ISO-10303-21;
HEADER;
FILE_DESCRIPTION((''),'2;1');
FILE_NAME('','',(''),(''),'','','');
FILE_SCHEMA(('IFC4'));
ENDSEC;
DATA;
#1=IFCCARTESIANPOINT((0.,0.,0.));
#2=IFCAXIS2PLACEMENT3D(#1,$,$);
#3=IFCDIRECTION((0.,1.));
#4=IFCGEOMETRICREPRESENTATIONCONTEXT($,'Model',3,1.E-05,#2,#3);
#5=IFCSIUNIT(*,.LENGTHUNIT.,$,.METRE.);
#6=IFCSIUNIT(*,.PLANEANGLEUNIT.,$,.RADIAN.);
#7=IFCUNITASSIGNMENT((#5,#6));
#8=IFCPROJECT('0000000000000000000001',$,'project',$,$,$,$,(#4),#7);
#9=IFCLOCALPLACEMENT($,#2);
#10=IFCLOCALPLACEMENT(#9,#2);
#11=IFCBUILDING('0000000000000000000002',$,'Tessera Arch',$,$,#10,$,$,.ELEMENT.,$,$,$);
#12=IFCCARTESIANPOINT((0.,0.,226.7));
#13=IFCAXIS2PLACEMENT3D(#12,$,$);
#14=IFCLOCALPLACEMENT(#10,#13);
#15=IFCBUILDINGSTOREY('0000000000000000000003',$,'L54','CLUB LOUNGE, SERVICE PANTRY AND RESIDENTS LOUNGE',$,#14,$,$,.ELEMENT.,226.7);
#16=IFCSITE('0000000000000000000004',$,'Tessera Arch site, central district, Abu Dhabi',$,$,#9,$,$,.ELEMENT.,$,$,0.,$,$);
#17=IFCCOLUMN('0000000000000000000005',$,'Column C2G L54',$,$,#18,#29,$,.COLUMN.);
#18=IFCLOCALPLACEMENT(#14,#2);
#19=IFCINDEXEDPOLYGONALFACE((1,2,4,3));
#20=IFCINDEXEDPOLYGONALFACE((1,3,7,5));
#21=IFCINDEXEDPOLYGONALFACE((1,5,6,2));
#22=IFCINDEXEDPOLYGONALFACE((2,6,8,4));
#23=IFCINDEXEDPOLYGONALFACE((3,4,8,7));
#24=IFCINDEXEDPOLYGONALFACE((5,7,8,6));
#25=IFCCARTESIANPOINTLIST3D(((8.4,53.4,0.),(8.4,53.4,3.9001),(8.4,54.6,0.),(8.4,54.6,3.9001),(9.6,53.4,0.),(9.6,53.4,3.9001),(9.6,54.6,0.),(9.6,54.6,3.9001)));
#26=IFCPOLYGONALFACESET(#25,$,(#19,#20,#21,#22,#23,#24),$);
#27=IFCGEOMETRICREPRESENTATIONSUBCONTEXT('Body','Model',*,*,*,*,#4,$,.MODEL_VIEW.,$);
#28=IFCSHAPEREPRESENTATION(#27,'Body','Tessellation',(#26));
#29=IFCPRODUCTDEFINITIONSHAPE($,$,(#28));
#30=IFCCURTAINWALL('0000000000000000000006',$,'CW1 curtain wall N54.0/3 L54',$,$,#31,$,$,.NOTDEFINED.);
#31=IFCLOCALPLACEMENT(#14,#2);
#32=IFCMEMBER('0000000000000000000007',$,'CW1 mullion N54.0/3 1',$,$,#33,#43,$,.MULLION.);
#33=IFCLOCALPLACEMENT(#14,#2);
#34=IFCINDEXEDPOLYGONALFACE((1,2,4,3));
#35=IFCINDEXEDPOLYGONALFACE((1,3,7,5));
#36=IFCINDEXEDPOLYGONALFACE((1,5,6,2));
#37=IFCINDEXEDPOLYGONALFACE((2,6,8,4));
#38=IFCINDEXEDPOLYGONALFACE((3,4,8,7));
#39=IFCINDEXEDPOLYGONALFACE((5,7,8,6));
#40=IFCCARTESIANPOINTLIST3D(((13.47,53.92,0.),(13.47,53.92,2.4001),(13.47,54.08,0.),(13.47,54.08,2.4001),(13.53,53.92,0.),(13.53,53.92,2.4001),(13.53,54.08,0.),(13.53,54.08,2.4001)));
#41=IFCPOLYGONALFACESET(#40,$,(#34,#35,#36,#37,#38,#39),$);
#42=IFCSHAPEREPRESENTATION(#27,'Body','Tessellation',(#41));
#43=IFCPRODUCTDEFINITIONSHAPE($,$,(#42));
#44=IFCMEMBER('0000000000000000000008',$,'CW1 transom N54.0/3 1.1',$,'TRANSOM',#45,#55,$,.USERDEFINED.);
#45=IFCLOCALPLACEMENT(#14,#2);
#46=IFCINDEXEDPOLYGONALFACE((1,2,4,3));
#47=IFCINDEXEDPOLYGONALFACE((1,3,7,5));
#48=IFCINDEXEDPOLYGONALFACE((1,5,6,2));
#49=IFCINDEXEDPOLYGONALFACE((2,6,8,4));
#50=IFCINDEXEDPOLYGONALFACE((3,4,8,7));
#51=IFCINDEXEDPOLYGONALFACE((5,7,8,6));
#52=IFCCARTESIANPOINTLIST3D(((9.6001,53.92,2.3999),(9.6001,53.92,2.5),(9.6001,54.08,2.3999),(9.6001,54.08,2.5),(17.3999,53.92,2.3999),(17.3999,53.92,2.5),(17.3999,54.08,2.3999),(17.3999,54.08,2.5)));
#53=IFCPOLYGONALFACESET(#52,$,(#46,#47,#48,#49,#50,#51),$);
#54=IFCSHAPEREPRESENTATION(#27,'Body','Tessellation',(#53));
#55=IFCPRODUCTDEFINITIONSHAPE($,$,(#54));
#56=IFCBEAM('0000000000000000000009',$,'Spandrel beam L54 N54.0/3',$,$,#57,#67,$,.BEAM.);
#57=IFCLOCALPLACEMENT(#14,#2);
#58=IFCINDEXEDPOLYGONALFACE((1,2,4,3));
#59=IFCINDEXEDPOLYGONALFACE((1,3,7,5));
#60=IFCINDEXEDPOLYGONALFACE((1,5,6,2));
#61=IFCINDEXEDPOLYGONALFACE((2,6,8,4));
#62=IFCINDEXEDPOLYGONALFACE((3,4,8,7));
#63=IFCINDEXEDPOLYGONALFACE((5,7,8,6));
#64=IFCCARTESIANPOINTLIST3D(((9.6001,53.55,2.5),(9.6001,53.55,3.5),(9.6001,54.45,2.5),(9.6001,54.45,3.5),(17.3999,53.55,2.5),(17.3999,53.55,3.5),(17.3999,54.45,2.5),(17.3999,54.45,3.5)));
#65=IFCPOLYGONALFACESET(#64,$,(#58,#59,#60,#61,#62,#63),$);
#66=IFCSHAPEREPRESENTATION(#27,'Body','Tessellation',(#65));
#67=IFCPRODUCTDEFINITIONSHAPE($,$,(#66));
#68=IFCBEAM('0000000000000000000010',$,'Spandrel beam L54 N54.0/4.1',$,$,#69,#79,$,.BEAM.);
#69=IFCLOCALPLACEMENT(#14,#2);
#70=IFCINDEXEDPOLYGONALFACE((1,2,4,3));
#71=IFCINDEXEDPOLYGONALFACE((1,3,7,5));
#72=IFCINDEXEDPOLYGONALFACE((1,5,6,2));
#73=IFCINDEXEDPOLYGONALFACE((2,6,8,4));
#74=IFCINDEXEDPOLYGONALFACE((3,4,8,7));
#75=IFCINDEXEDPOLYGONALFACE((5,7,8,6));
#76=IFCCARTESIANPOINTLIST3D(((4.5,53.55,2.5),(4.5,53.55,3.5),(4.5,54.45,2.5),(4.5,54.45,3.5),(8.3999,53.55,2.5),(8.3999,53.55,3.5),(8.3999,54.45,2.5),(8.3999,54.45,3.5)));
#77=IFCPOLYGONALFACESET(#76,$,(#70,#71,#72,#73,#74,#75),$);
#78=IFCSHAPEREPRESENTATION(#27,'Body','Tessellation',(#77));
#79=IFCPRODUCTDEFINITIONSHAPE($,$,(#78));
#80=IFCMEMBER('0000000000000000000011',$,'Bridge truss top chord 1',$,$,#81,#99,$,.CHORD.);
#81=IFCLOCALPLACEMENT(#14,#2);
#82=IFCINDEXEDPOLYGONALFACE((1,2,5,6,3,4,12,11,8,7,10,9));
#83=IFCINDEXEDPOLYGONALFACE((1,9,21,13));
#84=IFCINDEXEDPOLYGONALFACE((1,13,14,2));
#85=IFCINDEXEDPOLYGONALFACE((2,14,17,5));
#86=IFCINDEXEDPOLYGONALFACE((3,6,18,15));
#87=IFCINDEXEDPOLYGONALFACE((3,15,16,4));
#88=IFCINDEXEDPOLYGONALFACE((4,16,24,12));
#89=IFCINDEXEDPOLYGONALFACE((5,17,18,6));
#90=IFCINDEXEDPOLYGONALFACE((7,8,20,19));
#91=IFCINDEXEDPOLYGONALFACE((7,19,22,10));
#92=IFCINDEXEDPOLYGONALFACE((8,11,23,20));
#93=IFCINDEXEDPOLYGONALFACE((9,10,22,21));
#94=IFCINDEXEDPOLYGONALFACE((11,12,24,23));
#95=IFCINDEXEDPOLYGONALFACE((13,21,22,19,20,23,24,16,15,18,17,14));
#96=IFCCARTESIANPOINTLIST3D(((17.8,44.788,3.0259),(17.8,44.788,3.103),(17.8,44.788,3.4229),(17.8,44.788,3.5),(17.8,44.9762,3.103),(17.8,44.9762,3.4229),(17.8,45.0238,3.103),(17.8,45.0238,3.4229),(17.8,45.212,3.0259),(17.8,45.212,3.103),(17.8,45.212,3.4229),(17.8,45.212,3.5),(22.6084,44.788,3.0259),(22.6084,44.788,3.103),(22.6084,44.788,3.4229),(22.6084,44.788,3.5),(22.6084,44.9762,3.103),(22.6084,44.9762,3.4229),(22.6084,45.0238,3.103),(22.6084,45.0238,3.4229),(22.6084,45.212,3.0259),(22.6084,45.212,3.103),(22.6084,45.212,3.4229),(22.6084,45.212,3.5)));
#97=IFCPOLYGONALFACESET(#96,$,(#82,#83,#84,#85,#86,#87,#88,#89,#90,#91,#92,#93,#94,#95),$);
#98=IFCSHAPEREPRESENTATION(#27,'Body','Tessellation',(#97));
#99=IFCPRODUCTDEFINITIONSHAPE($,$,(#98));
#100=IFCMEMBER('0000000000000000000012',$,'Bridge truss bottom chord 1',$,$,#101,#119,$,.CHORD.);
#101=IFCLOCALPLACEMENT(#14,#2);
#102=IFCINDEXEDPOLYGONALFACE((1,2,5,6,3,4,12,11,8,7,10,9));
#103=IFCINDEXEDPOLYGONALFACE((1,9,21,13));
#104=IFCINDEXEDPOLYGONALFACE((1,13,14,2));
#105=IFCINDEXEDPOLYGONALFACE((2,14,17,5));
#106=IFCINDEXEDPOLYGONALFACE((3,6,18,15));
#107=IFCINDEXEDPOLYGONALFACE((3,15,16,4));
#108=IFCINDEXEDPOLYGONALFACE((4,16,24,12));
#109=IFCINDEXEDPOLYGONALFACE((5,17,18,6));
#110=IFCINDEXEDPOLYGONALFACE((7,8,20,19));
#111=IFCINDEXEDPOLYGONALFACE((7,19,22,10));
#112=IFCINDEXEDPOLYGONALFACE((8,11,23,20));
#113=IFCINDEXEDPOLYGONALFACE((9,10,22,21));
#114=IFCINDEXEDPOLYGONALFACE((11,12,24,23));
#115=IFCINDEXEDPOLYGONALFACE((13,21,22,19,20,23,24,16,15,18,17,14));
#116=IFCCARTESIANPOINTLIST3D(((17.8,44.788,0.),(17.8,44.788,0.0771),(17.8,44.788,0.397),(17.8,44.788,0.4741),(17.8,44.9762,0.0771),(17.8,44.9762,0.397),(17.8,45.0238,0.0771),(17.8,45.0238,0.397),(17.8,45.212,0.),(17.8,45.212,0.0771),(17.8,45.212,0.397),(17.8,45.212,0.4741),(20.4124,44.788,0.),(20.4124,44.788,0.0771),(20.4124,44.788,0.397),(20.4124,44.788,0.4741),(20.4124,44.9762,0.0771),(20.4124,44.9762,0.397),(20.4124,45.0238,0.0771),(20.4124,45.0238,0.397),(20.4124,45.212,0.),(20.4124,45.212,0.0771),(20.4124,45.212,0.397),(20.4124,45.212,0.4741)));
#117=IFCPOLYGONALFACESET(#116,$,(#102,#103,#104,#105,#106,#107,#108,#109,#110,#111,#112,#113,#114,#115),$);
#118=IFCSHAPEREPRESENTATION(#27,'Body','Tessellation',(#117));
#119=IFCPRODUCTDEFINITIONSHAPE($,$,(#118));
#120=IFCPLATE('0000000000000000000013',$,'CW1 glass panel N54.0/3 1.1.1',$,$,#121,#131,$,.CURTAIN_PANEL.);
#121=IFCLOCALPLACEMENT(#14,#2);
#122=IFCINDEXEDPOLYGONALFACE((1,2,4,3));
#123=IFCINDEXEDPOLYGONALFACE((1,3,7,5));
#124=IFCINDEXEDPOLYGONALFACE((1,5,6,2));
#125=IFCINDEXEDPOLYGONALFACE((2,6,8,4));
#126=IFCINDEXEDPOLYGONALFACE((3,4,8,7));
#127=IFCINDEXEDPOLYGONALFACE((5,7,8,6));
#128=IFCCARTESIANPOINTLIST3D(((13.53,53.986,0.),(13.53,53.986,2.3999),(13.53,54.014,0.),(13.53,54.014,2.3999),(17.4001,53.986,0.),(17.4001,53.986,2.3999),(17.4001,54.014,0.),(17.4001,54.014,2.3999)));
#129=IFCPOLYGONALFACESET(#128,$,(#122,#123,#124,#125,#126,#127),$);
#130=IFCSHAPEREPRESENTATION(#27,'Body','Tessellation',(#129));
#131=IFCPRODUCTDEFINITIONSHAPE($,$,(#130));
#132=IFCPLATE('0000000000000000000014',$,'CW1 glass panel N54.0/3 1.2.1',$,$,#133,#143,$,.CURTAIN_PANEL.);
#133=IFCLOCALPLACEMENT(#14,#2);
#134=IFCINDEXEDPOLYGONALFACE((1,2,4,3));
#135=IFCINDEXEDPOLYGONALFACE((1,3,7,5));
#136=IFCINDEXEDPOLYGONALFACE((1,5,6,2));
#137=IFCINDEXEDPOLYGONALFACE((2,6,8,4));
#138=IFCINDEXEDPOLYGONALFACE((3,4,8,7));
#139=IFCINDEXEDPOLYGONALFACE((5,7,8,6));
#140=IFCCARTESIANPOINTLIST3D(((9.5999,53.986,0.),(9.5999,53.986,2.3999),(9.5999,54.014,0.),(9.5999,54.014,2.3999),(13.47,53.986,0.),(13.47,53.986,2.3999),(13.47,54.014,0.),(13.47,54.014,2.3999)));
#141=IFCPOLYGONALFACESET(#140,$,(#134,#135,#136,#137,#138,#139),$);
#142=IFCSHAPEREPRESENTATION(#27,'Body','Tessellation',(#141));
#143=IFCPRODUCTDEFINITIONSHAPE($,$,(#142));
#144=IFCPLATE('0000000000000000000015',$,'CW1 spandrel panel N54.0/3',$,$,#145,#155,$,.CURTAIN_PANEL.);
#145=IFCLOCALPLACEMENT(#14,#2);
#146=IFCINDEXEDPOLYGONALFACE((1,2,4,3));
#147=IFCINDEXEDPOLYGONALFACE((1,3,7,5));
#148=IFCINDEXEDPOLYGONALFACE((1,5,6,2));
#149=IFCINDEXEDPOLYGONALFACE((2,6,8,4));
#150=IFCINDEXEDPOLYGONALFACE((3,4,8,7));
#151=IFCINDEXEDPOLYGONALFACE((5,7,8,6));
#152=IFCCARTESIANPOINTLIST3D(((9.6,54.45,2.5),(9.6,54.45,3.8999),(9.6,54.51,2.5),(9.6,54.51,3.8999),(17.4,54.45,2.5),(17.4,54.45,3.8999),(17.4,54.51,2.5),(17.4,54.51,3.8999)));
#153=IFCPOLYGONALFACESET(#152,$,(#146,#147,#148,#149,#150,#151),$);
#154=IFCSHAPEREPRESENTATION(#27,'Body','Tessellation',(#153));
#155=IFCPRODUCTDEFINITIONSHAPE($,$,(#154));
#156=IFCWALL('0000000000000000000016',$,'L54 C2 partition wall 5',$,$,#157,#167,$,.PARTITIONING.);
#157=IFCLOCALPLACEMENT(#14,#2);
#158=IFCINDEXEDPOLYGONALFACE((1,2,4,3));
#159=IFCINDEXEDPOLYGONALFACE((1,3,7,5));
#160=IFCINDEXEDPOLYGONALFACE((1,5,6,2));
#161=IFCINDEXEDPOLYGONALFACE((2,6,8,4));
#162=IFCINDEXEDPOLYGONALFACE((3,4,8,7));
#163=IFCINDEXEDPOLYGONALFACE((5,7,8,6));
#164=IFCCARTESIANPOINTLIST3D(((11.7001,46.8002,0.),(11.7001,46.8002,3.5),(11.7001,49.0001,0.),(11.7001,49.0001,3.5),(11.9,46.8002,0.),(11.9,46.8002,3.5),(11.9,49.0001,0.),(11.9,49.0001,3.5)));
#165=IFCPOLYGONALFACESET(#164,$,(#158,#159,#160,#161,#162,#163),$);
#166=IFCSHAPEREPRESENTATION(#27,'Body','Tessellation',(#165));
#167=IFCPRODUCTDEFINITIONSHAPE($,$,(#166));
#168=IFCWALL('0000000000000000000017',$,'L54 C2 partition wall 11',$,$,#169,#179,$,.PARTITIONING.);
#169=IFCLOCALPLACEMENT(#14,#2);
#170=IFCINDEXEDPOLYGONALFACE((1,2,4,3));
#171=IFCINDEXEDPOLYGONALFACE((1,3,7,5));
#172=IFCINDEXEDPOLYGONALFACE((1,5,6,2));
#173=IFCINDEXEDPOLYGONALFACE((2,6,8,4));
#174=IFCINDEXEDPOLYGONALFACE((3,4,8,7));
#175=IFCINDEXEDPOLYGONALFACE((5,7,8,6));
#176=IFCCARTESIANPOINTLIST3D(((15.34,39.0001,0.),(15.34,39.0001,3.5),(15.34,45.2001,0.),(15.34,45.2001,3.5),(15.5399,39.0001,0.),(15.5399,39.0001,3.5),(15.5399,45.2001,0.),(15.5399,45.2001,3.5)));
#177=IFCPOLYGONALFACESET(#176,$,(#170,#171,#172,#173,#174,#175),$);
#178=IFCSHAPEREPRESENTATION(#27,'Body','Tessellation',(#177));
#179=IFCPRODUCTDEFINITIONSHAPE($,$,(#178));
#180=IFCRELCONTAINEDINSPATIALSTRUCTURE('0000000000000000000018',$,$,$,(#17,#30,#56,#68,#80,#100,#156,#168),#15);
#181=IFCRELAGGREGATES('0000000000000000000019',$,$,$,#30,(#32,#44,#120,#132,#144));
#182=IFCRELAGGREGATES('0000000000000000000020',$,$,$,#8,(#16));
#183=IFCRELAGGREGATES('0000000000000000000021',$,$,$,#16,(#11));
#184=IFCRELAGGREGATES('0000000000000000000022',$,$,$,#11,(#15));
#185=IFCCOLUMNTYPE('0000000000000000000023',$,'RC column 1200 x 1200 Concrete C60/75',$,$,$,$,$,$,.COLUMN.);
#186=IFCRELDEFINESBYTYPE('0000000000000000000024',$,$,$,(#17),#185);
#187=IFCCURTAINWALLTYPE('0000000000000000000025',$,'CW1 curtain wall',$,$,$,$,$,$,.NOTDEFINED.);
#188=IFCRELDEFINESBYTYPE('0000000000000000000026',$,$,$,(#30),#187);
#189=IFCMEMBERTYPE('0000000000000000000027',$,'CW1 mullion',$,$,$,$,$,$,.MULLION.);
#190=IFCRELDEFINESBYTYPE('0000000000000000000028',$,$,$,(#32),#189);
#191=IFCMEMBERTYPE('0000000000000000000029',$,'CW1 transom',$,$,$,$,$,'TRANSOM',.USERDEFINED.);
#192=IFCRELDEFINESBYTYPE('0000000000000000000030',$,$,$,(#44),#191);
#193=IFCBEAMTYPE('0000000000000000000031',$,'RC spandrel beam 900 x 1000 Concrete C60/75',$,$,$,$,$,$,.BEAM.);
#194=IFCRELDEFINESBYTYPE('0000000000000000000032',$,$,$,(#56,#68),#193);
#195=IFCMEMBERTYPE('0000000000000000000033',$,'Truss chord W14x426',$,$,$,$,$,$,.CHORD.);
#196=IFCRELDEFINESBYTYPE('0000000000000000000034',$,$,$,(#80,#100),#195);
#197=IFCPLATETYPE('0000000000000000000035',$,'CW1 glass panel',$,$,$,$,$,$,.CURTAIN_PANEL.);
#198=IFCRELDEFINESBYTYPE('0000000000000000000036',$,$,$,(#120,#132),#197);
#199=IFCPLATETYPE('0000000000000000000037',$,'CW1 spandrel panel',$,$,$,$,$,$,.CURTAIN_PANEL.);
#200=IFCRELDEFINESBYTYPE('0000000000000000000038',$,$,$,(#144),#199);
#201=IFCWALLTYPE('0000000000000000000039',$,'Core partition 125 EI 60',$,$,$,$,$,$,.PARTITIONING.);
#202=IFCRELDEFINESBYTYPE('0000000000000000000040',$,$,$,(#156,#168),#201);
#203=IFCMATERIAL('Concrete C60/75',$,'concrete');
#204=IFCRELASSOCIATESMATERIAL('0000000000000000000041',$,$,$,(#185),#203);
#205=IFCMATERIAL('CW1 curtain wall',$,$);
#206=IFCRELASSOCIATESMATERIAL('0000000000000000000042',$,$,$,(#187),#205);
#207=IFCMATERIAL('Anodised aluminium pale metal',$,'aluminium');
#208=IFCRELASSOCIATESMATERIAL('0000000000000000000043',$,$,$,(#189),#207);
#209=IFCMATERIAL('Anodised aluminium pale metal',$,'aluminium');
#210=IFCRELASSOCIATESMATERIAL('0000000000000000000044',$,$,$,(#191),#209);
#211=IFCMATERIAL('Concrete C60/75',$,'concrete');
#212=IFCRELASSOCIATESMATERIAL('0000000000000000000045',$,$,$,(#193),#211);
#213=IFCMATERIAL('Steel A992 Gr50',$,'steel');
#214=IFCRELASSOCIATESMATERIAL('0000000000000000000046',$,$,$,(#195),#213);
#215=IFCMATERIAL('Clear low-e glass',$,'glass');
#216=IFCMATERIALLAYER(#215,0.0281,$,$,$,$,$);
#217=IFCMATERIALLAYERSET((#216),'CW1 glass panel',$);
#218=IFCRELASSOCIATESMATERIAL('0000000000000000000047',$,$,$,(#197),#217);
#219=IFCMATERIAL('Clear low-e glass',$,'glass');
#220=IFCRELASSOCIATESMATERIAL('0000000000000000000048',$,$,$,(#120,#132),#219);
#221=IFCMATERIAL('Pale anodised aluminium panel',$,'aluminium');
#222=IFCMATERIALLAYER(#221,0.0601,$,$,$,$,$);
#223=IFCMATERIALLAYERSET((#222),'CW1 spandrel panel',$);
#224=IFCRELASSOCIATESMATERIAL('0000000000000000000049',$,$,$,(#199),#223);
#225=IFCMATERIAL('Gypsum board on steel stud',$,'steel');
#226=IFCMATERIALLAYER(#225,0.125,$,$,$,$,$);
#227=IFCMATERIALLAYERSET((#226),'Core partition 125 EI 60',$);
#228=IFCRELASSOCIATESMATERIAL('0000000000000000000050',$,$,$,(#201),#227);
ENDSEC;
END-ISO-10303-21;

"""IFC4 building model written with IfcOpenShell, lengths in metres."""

from ifc_helpers import new_model, si_unit, direction, frame, frame_2d, origin, origin_2d, place, context, subcontext, project, spatial, rectangle, i_section, extrude, material, layer, layer_set, material_profile, profile_set, type_object, element, aggregate, save


model = new_model("IFC4")

# Units and contexts
model_context = context("Model", 3, precision=1e-05, world=origin(), true_north=direction((0.0, 1.0)))
body_context = subcontext(model_context, "Body", "Model", "MODEL_VIEW")
ifc_project = project(units=[si_unit("LENGTHUNIT", "METRE"), si_unit("PLANEANGLEUNIT", "RADIAN")], contexts=[model_context])

# Site, building, storey
site_placement = place(None, origin())
site = spatial("IfcSite", under=ifc_project, at=site_placement, Name="Tessera Arch site, central district, Abu Dhabi", CompositionType="ELEMENT", RefElevation=0.0)
building_placement = place(site_placement, origin())
building = spatial("IfcBuilding", under=site, at=building_placement, Name="Tessera Arch", CompositionType="ELEMENT")
storey_placement = place(building_placement, frame((0.0, 0.0, 226.7)))
storey = spatial("IfcBuildingStorey", under=building, at=storey_placement, Name="L54", Description="CLUB LOUNGE, SERVICE PANTRY AND RESIDENTS LOUNGE", CompositionType="ELEMENT", Elevation=226.7)

# Column
ifc_material_1 = material(Name="Concrete C60/75", Category="concrete")
ifc_material_profile_1 = material_profile(ifc_material_1, rectangle(XDim=1.2, YDim=1.2, at=origin_2d()), Name="RC column 1200 x 1200 Concrete C60/75")
ifc_profile_set_1 = profile_set([ifc_material_profile_1], Name="Concrete C60/75")
column_type = type_object("IfcColumnType", Name="RC column 1200 x 1200 Concrete C60/75", PredefinedType="COLUMN", material=ifc_profile_set_1)
column_placement = place(storey_placement, frame((9.0, 54.0, 0.0), z_axis=(0.0, 0.0, 1.0), x_axis=(1.0, 0.0, 0.0)))
element("IfcColumn", 1, at=column_placement, inside=storey, type_object=column_type, Name="Column C2G L54", PredefinedType="COLUMN", context=body_context, shape_type="SweptSolid", body=[
    extrude(rectangle(XDim=1.2, YDim=1.2, at=origin_2d()), origin(), (0.0, 0.0, 1.0), 3.9001),
])

# Curtain wall, members
ifc_material_2 = material(Name="CW1 curtain wall")
curtain_wall_type = type_object("IfcCurtainWallType", Name="CW1 curtain wall", PredefinedType="NOTDEFINED", material=ifc_material_2)
curtain_wall_placement = place(storey_placement, origin())
curtain_wall = element("IfcCurtainWall", 2, at=curtain_wall_placement, inside=storey, type_object=curtain_wall_type, Name="CW1 curtain wall N54.0/3 L54", PredefinedType="NOTDEFINED")
ifc_material_3 = material(Name="Anodised aluminium pale metal", Category="aluminium")
ifc_material_profile_2 = material_profile(ifc_material_3, rectangle(XDim=0.1599, YDim=0.0601, at=origin_2d()), Name="AL 60x160")
ifc_profile_set_2 = profile_set([ifc_material_profile_2], Name="Anodised aluminium pale metal")
member_type_1 = type_object("IfcMemberType", Name="CW1 mullion", PredefinedType="MULLION", material=ifc_profile_set_2)
member_1_placement = place(storey_placement, frame((13.5, 54.0, 0.0), z_axis=(0.0, 0.0, 1.0), x_axis=(0.0, -1.0, 0.0)))
member_1 = element("IfcMember", 3, at=member_1_placement, type_object=member_type_1, Name="CW1 mullion N54.0/3 1", PredefinedType="MULLION", context=body_context, shape_type="SweptSolid", body=[
    extrude(rectangle(XDim=0.1599, YDim=0.0601, at=origin_2d()), origin(), (0.0, 0.0, 1.0), 2.4001),
])
ifc_material_4 = material(Name="Anodised aluminium pale metal", Category="aluminium")
ifc_material_profile_3 = material_profile(ifc_material_4, rectangle(XDim=0.1599, YDim=0.1001, at=origin_2d()), Name="AL 160x100")
ifc_profile_set_3 = profile_set([ifc_material_profile_3], Name="Anodised aluminium pale metal")
member_type_2 = type_object("IfcMemberType", Name="CW1 transom", ElementType="TRANSOM", PredefinedType="USERDEFINED", material=ifc_profile_set_3)
member_2_placement = place(storey_placement, frame((17.3999, 54.0, 2.45), z_axis=(-1.0, 0.0, 0.0), x_axis=(0.0, -1.0, 0.0)))
member_2 = element("IfcMember", 4, at=member_2_placement, type_object=member_type_2, Name="CW1 transom N54.0/3 1.1", ObjectType="TRANSOM", PredefinedType="USERDEFINED", context=body_context, shape_type="SweptSolid", body=[
    extrude(rectangle(XDim=0.1599, YDim=0.1001, at=origin_2d()), origin(), (0.0, 0.0, 1.0), 7.7998),
])

# Beams
ifc_material_5 = material(Name="Concrete C60/75", Category="concrete")
ifc_material_profile_4 = material_profile(ifc_material_5, rectangle(XDim=0.8999, YDim=1.0, at=origin_2d()), Name="RC spandrel beam 900 x 1000 Concrete C60/75")
ifc_profile_set_4 = profile_set([ifc_material_profile_4], Name="Concrete C60/75")
beam_type = type_object("IfcBeamType", Name="RC spandrel beam 900 x 1000 Concrete C60/75", PredefinedType="BEAM", material=ifc_profile_set_4)
beam_1_placement = place(storey_placement, frame((17.3999, 54.0, 3.0), z_axis=(-1.0, 0.0, 0.0), x_axis=(0.0, -1.0, 0.0)))
element("IfcBeam", 5, at=beam_1_placement, inside=storey, type_object=beam_type, Name="Spandrel beam L54 N54.0/3", PredefinedType="BEAM", context=body_context, shape_type="SweptSolid", body=[
    extrude(rectangle(XDim=0.8999, YDim=1.0, at=origin_2d()), origin(), (0.0, 0.0, 1.0), 7.7998),
])
beam_2_placement = place(storey_placement, frame((8.3999, 54.0, 3.0), z_axis=(-1.0, 0.0, 0.0), x_axis=(0.0, -1.0, 0.0)))
element("IfcBeam", 6, at=beam_2_placement, inside=storey, type_object=beam_type, Name="Spandrel beam L54 N54.0/4.1", PredefinedType="BEAM", context=body_context, shape_type="SweptSolid", body=[
    extrude(rectangle(XDim=0.8999, YDim=1.0, at=origin_2d()), origin(), (0.0, 0.0, 1.0), 3.8999),
])

# Members
ifc_material_6 = material(Name="Steel A992 Gr50", Category="steel")
ifc_material_profile_5 = material_profile(ifc_material_6, i_section(OverallWidth=0.4241, OverallDepth=0.4741, WebThickness=0.0476, FlangeThickness=0.0771, at=origin_2d()), Name="W14x426")
ifc_profile_set_5 = profile_set([ifc_material_profile_5], Name="Steel A992 Gr50")
member_type_3 = type_object("IfcMemberType", Name="Truss chord W14x426", PredefinedType="CHORD", material=ifc_profile_set_5)
member_3_placement = place(storey_placement, frame((17.8, 45.0, 3.2629), z_axis=(1.0, 0.0, 0.0), x_axis=(0.0, 1.0, 0.0)))
element("IfcMember", 7, at=member_3_placement, inside=storey, type_object=member_type_3, Name="Bridge truss top chord 1", PredefinedType="CHORD", context=body_context, shape_type="SweptSolid", body=[
    extrude(i_section(OverallWidth=0.4241, OverallDepth=0.4741, WebThickness=0.0476, FlangeThickness=0.0771, at=origin_2d()), origin(), (0.0, 0.0, 1.0), 4.8083),
])
member_4_placement = place(storey_placement, frame((17.8, 45.0, 0.2371), z_axis=(1.0, 0.0, 0.0), x_axis=(0.0, 1.0, 0.0)))
element("IfcMember", 8, at=member_4_placement, inside=storey, type_object=member_type_3, Name="Bridge truss bottom chord 1", PredefinedType="CHORD", context=body_context, shape_type="SweptSolid", body=[
    extrude(i_section(OverallWidth=0.4241, OverallDepth=0.4741, WebThickness=0.0476, FlangeThickness=0.0771, at=origin_2d()), origin(), (0.0, 0.0, 1.0), 2.6123),
])

# Plates
ifc_material_7 = material(Name="Clear low-e glass", Category="glass")
ifc_material_8 = material(Name="Clear low-e glass", Category="glass")
ifc_layer_1 = layer(ifc_material_8, 0.0281)
ifc_layer_set_1 = layer_set([ifc_layer_1], Name="CW1 glass panel")
plate_type_1 = type_object("IfcPlateType", Name="CW1 glass panel", PredefinedType="CURTAIN_PANEL", material=ifc_layer_set_1)
plate_1_placement = place(storey_placement, frame((15.4651, 54.0, 0.0), z_axis=(0.0, 0.0, 1.0), x_axis=(-1.0, 0.0, 0.0)))
plate_1 = element("IfcPlate", 9, at=plate_1_placement, type_object=plate_type_1, material=ifc_material_7, Name="CW1 glass panel N54.0/3 1.1.1", PredefinedType="CURTAIN_PANEL", context=body_context, shape_type="SweptSolid", body=[
    extrude(rectangle(XDim=3.8701, YDim=0.0281, at=origin_2d()), origin(), (0.0, 0.0, 1.0), 2.3999),
])
plate_2_placement = place(storey_placement, frame((11.5349, 54.0, 0.0), z_axis=(0.0, 0.0, 1.0), x_axis=(-1.0, 0.0, 0.0)))
plate_2 = element("IfcPlate", 10, at=plate_2_placement, type_object=plate_type_1, material=ifc_material_7, Name="CW1 glass panel N54.0/3 1.2.1", PredefinedType="CURTAIN_PANEL", context=body_context, shape_type="SweptSolid", body=[
    extrude(rectangle(XDim=3.8701, YDim=0.0281, at=origin_2d()), origin(), (0.0, 0.0, 1.0), 2.3999),
])
ifc_material_9 = material(Name="Pale anodised aluminium panel", Category="aluminium")
ifc_layer_2 = layer(ifc_material_9, 0.0601)
ifc_layer_set_2 = layer_set([ifc_layer_2], Name="CW1 spandrel panel")
plate_type_2 = type_object("IfcPlateType", Name="CW1 spandrel panel", PredefinedType="CURTAIN_PANEL", material=ifc_layer_set_2)
plate_3_placement = place(storey_placement, frame((13.5, 54.48, 2.5), z_axis=(0.0, 0.0, 1.0), x_axis=(-1.0, 0.0, 0.0)))
plate_3 = element("IfcPlate", 11, at=plate_3_placement, type_object=plate_type_2, Name="CW1 spandrel panel N54.0/3", PredefinedType="CURTAIN_PANEL", context=body_context, shape_type="SweptSolid", body=[
    extrude(rectangle(XDim=7.8, YDim=0.0601, at=origin_2d()), origin(), (0.0, 0.0, 1.0), 1.3999),
])
aggregate(curtain_wall, [member_1, member_2, plate_1, plate_2, plate_3])

# Walls
ifc_material_10 = material(Name="Gypsum board on steel stud", Category="steel")
ifc_layer_3 = layer(ifc_material_10, 0.125)
ifc_layer_set_3 = layer_set([ifc_layer_3], Name="Core partition 125 EI 60")
wall_type_1 = type_object("IfcWallType", Name="Core partition 125 EI 60", PredefinedType="PARTITIONING", material=ifc_layer_set_3)
wall_1_placement = place(storey_placement, frame((11.8, 46.8, 0.0), z_axis=(0.0, 0.0, 1.0), x_axis=(0.0, 1.0, 0.0)))
element("IfcWall", 12, at=wall_1_placement, inside=storey, type_object=wall_type_1, Name="L54 C2 partition wall 5", PredefinedType="PARTITIONING", context=body_context, shape_type="SweptSolid", body=[
    extrude(rectangle(XDim=2.2, YDim=0.2, at=frame_2d((1.1001, 0.0))), origin(), (0.0, 0.0, 1.0), 3.5),
])
wall_2_placement = place(storey_placement, frame((15.4399, 39.0, 0.0), z_axis=(0.0, 0.0, 1.0), x_axis=(0.0, 1.0, 0.0)))
element("IfcWall", 13, at=wall_2_placement, inside=storey, type_object=wall_type_1, Name="L54 C2 partition wall 11", PredefinedType="PARTITIONING", context=body_context, shape_type="SweptSolid", body=[
    extrude(rectangle(XDim=6.2, YDim=0.2, at=frame_2d((3.1001, 0.0))), origin(), (0.0, 0.0, 1.0), 3.5),
])

save(model, "model.ifc")
